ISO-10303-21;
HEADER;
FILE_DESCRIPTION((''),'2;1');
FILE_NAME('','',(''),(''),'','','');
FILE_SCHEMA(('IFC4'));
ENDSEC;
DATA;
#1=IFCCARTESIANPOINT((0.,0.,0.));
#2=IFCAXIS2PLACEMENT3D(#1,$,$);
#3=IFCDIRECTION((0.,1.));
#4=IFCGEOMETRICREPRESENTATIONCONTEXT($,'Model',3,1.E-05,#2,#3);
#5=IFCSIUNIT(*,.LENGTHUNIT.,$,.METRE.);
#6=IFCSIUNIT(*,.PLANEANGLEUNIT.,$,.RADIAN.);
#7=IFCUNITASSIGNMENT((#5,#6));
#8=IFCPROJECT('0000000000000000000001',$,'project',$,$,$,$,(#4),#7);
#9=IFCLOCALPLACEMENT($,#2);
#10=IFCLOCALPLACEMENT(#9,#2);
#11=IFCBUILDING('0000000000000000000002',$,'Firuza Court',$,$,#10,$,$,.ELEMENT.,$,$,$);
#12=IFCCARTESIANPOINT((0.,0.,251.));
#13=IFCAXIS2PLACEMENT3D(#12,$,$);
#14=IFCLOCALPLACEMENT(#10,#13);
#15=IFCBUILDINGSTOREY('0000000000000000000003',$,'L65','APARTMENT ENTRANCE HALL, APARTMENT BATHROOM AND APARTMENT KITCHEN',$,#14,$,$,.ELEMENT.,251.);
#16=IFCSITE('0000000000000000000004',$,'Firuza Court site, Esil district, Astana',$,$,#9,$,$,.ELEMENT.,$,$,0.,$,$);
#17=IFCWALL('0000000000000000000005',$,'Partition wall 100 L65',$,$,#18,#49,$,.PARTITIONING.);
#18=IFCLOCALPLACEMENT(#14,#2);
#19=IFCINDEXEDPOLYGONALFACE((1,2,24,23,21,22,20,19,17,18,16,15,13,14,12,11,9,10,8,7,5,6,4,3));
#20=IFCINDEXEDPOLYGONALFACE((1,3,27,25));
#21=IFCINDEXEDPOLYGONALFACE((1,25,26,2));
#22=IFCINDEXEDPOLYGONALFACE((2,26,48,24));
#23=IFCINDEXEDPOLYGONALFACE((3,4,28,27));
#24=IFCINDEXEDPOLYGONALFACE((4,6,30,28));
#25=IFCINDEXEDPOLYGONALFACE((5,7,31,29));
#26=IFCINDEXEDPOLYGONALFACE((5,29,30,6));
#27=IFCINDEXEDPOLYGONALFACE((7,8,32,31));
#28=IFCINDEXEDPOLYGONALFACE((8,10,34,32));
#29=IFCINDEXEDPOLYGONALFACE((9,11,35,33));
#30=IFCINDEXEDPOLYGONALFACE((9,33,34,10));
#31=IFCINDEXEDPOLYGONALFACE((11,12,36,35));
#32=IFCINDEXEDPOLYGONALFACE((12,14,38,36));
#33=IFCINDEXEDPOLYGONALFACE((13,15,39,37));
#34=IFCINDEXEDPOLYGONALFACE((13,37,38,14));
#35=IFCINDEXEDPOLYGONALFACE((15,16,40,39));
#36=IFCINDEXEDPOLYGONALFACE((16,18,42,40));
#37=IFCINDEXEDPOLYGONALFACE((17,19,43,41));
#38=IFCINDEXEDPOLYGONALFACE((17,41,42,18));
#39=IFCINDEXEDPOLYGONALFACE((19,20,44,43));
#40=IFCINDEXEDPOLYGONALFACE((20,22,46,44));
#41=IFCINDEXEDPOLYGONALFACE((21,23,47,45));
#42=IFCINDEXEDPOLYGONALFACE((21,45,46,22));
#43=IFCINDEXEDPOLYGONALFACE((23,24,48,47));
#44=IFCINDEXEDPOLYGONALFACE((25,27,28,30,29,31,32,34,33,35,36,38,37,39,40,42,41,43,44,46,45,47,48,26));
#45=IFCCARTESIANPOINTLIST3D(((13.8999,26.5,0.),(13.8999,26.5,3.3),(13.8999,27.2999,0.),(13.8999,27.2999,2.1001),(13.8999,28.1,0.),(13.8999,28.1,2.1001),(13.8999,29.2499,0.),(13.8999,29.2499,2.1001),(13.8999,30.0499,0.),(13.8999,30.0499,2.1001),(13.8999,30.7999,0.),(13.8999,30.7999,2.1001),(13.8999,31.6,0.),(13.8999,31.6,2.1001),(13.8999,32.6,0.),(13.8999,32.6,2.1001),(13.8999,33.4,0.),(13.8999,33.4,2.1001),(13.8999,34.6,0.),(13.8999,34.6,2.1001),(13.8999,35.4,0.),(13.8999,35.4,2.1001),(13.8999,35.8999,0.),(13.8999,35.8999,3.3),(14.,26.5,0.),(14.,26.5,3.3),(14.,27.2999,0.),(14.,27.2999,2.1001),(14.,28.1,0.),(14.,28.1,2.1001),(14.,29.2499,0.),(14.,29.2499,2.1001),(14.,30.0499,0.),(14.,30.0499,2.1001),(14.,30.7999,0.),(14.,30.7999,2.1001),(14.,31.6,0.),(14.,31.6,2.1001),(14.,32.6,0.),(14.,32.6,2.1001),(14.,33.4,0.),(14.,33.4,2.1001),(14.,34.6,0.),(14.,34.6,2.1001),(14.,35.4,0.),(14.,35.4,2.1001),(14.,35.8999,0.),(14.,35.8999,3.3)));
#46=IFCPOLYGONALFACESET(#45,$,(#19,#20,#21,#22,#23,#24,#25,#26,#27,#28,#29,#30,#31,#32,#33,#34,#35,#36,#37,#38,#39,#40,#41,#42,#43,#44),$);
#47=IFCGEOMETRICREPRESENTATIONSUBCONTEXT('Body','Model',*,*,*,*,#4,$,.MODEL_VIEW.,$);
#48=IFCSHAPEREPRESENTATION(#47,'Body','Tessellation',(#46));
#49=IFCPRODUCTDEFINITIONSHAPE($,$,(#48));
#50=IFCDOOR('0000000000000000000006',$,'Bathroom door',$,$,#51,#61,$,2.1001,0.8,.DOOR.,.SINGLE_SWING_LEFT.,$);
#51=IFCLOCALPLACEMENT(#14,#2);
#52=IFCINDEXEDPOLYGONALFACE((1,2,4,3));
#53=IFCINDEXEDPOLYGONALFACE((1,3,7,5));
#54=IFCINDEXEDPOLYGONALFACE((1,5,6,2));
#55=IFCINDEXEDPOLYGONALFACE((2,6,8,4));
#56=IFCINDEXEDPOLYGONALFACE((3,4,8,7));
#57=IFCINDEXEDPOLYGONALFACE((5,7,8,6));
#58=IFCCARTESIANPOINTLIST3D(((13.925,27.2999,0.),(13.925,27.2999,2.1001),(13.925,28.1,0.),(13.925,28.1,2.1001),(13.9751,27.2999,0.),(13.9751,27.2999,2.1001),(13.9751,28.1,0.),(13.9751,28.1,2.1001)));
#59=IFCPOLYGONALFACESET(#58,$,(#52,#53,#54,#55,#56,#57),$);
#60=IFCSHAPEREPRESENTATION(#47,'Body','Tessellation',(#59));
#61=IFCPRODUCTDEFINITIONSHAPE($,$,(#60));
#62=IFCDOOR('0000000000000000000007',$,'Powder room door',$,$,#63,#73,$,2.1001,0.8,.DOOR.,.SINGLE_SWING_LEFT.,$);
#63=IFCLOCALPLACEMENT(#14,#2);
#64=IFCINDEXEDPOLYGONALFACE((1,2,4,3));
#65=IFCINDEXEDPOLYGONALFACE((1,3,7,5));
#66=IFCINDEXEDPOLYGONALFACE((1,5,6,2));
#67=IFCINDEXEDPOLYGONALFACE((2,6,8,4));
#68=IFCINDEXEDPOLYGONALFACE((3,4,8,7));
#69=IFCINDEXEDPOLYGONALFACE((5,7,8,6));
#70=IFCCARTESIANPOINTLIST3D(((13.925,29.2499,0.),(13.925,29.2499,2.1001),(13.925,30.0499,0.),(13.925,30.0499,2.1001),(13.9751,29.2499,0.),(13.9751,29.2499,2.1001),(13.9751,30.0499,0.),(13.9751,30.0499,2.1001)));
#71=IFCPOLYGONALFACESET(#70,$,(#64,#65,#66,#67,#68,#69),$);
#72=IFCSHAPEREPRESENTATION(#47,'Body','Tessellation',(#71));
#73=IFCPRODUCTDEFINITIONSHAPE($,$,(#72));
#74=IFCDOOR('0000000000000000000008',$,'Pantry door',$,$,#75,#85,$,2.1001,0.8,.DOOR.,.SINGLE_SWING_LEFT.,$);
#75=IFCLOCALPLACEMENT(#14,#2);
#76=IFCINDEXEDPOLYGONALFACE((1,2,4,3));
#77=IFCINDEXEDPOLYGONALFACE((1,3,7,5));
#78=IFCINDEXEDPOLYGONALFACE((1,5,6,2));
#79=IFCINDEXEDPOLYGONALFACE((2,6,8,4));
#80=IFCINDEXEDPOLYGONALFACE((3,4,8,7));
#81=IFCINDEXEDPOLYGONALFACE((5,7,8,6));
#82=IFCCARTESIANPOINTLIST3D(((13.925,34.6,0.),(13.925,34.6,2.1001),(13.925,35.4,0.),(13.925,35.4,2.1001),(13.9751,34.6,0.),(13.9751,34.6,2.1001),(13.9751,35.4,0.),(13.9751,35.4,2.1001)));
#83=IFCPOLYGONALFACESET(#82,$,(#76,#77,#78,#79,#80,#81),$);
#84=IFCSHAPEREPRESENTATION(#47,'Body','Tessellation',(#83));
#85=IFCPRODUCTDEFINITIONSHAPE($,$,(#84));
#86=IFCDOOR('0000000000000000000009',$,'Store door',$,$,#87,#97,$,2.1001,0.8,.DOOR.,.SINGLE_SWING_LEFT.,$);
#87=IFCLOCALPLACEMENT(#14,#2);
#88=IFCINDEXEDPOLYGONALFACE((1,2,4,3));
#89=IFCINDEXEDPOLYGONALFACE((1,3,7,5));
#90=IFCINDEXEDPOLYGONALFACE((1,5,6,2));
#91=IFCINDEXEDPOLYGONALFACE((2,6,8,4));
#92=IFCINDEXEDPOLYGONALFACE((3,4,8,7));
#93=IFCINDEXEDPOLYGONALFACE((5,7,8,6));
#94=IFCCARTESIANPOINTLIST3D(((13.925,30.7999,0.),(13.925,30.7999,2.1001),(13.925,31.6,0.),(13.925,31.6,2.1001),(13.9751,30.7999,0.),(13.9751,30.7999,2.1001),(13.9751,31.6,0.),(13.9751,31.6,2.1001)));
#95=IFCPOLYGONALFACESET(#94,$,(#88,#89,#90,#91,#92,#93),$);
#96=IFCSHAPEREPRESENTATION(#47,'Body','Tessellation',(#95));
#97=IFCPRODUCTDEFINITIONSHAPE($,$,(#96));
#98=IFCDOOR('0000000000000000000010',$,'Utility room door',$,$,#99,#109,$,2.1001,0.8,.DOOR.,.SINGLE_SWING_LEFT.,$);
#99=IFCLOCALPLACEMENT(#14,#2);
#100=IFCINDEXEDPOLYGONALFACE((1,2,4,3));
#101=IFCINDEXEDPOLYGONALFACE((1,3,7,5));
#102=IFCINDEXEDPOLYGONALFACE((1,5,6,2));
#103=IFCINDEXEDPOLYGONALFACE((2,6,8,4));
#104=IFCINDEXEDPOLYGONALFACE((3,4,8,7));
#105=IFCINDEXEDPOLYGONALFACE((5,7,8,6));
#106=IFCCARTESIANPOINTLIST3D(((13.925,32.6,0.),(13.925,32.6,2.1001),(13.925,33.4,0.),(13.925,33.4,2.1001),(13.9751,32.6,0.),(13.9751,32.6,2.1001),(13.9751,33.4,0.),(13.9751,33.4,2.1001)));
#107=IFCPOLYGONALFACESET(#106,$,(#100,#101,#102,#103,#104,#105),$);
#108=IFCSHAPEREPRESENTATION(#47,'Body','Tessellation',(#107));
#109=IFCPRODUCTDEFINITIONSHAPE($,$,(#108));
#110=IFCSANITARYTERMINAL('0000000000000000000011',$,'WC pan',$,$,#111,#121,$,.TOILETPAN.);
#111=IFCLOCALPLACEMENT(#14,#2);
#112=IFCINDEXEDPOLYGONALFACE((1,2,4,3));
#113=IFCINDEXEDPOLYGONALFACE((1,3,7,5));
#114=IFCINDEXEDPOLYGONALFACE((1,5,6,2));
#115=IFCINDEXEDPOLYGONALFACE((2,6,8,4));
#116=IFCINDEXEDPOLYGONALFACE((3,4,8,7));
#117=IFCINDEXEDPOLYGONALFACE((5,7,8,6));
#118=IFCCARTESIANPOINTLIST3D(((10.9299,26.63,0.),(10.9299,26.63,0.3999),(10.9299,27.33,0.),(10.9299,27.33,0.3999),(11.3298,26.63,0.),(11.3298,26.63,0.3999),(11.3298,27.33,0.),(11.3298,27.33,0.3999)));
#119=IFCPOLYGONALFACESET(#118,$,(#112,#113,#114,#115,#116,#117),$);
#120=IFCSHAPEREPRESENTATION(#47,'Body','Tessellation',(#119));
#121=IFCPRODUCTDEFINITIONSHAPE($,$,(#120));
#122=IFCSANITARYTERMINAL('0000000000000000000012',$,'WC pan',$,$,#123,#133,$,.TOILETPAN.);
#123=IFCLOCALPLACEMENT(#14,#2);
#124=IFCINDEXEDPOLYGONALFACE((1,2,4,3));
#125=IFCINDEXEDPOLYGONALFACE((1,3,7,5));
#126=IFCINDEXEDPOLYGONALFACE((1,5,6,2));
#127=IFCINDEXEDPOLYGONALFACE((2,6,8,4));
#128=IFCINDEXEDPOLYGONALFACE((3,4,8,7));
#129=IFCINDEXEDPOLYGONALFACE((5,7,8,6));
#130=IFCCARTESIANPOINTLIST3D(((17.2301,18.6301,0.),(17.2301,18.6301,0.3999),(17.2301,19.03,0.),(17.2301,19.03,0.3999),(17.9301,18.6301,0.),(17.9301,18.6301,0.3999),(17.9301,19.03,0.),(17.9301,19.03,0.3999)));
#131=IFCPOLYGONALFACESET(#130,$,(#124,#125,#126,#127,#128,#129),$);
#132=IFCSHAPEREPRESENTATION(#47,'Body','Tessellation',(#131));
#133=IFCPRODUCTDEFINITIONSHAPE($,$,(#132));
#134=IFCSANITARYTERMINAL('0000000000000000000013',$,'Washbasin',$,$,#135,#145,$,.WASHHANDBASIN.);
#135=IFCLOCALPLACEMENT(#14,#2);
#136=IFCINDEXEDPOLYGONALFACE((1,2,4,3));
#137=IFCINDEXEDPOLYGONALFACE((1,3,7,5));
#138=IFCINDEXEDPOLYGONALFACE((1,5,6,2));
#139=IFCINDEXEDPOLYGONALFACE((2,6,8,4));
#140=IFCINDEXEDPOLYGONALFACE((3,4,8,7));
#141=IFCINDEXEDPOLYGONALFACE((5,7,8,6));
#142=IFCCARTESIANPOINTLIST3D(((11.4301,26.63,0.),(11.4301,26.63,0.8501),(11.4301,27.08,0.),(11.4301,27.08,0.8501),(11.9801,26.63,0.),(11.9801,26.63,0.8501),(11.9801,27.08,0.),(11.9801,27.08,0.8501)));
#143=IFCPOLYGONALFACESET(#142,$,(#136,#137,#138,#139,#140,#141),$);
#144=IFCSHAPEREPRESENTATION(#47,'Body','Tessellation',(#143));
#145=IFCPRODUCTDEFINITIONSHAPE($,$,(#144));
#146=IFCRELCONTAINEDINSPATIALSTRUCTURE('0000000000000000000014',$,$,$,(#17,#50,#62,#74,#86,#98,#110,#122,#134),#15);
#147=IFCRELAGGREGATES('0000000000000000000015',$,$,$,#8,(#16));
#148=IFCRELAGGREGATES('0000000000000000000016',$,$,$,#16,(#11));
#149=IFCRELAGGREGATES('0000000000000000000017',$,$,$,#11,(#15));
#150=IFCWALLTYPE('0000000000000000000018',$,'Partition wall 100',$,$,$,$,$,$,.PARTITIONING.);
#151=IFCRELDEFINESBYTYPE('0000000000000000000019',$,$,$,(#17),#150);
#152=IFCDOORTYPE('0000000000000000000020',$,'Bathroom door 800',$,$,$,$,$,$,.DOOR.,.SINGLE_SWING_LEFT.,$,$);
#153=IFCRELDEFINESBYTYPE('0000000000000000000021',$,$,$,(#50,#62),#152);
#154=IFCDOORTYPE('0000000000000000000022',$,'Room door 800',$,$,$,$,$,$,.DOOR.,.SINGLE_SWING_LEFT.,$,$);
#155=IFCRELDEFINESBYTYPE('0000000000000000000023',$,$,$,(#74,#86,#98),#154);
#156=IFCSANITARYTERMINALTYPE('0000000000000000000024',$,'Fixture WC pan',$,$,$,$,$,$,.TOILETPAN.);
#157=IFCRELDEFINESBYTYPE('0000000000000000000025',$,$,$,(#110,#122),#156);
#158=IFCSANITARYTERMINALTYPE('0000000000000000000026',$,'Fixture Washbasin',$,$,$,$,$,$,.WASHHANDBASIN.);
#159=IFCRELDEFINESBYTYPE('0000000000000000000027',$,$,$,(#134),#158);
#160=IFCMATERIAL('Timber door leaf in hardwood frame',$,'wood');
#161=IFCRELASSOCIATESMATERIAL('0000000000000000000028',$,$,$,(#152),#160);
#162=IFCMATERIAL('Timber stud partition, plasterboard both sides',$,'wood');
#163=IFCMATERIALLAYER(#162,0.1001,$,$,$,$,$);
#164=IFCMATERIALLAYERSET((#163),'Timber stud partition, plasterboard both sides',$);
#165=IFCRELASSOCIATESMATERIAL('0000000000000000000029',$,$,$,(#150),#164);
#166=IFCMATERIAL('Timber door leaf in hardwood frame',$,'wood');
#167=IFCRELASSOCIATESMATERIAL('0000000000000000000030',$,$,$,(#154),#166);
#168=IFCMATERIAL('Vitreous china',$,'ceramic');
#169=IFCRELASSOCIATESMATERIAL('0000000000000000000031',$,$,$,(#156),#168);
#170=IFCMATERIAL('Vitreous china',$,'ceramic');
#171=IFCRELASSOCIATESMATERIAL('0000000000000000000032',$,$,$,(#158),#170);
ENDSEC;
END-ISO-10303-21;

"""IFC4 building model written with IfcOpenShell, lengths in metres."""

from ifc_helpers import new_model, si_unit, direction, frame, frame_2d, origin, origin_2d, place, context, subcontext, project, spatial, rectangle, extrude, material, layer, layer_set, type_object, element, fill, save


model = new_model("IFC4")

# Units and contexts
model_context = context("Model", 3, precision=1e-05, world=origin(), true_north=direction((0.0, 1.0)))
body_context = subcontext(model_context, "Body", "Model", "MODEL_VIEW")
ifc_project = project(units=[si_unit("LENGTHUNIT", "METRE"), si_unit("PLANEANGLEUNIT", "RADIAN")], contexts=[model_context])

# Site, building, storey
site_placement = place(None, origin())
site = spatial("IfcSite", under=ifc_project, at=site_placement, Name="Firuza Court site, Esil district, Astana", CompositionType="ELEMENT", RefElevation=0.0)
building_placement = place(site_placement, origin())
building = spatial("IfcBuilding", under=site, at=building_placement, Name="Firuza Court", CompositionType="ELEMENT")
storey_placement = place(building_placement, frame((0.0, 0.0, 251.0)))
storey = spatial("IfcBuildingStorey", under=building, at=storey_placement, Name="L65", Description="APARTMENT ENTRANCE HALL, APARTMENT BATHROOM AND APARTMENT KITCHEN", CompositionType="ELEMENT", Elevation=251.0)

# Shared definitions
ifc_material_1 = material(Name="Timber door leaf in hardwood frame", Category="wood")
door_type_1 = type_object("IfcDoorType", Name="Bathroom door 800", OperationType="SINGLE_SWING_LEFT", PredefinedType="DOOR", material=ifc_material_1)

# Shared definitions
ifc_material_2 = material(Name="Timber stud partition, plasterboard both sides", Category="wood")
ifc_layer_1 = layer(ifc_material_2, 0.1001)
ifc_layer_set_1 = layer_set([ifc_layer_1], Name="Timber stud partition, plasterboard both sides")
wall_type_1 = type_object("IfcWallType", Name="Partition wall 100", PredefinedType="PARTITIONING", material=ifc_layer_set_1)

# Wall, openings, doors
wall_1_placement = place(storey_placement, frame((13.95, 26.5, 0.0), z_axis=(0.0, 0.0, 1.0), x_axis=(0.0, 1.0, 0.0)))
wall_1 = element("IfcWall", 1, at=wall_1_placement, inside=storey, type_object=wall_type_1, Name="Partition wall 100 L65", PredefinedType="PARTITIONING", context=body_context, shape_type="SweptSolid", body=[
    extrude(rectangle(XDim=9.3999, YDim=0.1001, at=frame_2d((4.7, 0.0))), origin(), (0.0, 0.0, 1.0), 3.3),
])
opening_1_placement = place(wall_1_placement, frame((0.8, 0.0, 0.0)))
opening_1 = element("IfcOpeningElement", 2, at=opening_1_placement, cuts=wall_1, PredefinedType="OPENING", context=body_context, shape_type="SweptSolid", body=[
    extrude(rectangle(XDim=0.8, YDim=2.1001, at=frame_2d((0.3999, 1.05))), frame((0.0, 0.062, 0.0), z_axis=(0.0, -1.0, 0.0), x_axis=(1.0, 0.0, 0.0)), (0.0, 0.0, 1.0), 0.124),
])
opening_2_placement = place(wall_1_placement, frame((8.1001, 0.0, 0.0)))
opening_2 = element("IfcOpeningElement", 3, at=opening_2_placement, cuts=wall_1, PredefinedType="OPENING", context=body_context, shape_type="SweptSolid", body=[
    extrude(rectangle(XDim=0.8, YDim=2.1001, at=frame_2d((0.3999, 1.05))), frame((0.0, 0.062, 0.0), z_axis=(0.0, -1.0, 0.0), x_axis=(1.0, 0.0, 0.0)), (0.0, 0.0, 1.0), 0.124),
])
opening_3_placement = place(wall_1_placement, frame((4.3, 0.0, 0.0)))
opening_3 = element("IfcOpeningElement", 4, at=opening_3_placement, cuts=wall_1, PredefinedType="OPENING", context=body_context, shape_type="SweptSolid", body=[
    extrude(rectangle(XDim=0.8, YDim=2.1001, at=frame_2d((0.3999, 1.05))), frame((0.0, 0.062, 0.0), z_axis=(0.0, -1.0, 0.0), x_axis=(1.0, 0.0, 0.0)), (0.0, 0.0, 1.0), 0.124),
])
opening_4_placement = place(wall_1_placement, frame((6.1001, 0.0, 0.0)))
opening_4 = element("IfcOpeningElement", 5, at=opening_4_placement, cuts=wall_1, PredefinedType="OPENING", context=body_context, shape_type="SweptSolid", body=[
    extrude(rectangle(XDim=0.8, YDim=2.1001, at=frame_2d((0.3999, 1.05))), frame((0.0, 0.062, 0.0), z_axis=(0.0, -1.0, 0.0), x_axis=(1.0, 0.0, 0.0)), (0.0, 0.0, 1.0), 0.124),
])
opening_5_placement = place(wall_1_placement, frame((2.75, 0.0, 0.0)))
opening_5 = element("IfcOpeningElement", 6, at=opening_5_placement, cuts=wall_1, PredefinedType="OPENING", context=body_context, shape_type="SweptSolid", body=[
    extrude(rectangle(XDim=0.8, YDim=2.1001, at=frame_2d((0.3999, 1.05))), frame((0.0, 0.062, 0.0), z_axis=(0.0, -1.0, 0.0), x_axis=(1.0, 0.0, 0.0)), (0.0, 0.0, 1.0), 0.124),
])
door_1_placement = place(opening_1_placement, origin())
door_1 = element("IfcDoor", 7, at=door_1_placement, inside=storey, type_object=door_type_1, Name="Bathroom door", OperationType="SINGLE_SWING_LEFT", OverallHeight=2.1001, OverallWidth=0.8, PredefinedType="DOOR", context=body_context, shape_type="SweptSolid", body=[
    extrude(rectangle(XDim=0.8, YDim=2.1001, at=frame_2d((0.3999, 1.05))), frame((0.0, 0.0249, 0.0), z_axis=(0.0, -1.0, 0.0), x_axis=(1.0, 0.0, 0.0)), (0.0, 0.0, 1.0), 0.05),
])
fill(opening_1, door_1)
door_2_placement = place(opening_5_placement, origin())
door_2 = element("IfcDoor", 8, at=door_2_placement, inside=storey, type_object=door_type_1, Name="Powder room door", OperationType="SINGLE_SWING_LEFT", OverallHeight=2.1001, OverallWidth=0.8, PredefinedType="DOOR", context=body_context, shape_type="SweptSolid", body=[
    extrude(rectangle(XDim=0.8, YDim=2.1001, at=frame_2d((0.3999, 1.05))), frame((0.0, 0.0249, 0.0), z_axis=(0.0, -1.0, 0.0), x_axis=(1.0, 0.0, 0.0)), (0.0, 0.0, 1.0), 0.05),
])
fill(opening_5, door_2)
ifc_material_3 = material(Name="Timber door leaf in hardwood frame", Category="wood")
door_type_2 = type_object("IfcDoorType", Name="Room door 800", OperationType="SINGLE_SWING_LEFT", PredefinedType="DOOR", material=ifc_material_3)
door_3_placement = place(opening_2_placement, origin())
door_3 = element("IfcDoor", 9, at=door_3_placement, inside=storey, type_object=door_type_2, Name="Pantry door", OperationType="SINGLE_SWING_LEFT", OverallHeight=2.1001, OverallWidth=0.8, PredefinedType="DOOR", context=body_context, shape_type="SweptSolid", body=[
    extrude(rectangle(XDim=0.8, YDim=2.1001, at=frame_2d((0.3999, 1.05))), frame((0.0, 0.0249, 0.0), z_axis=(0.0, -1.0, 0.0), x_axis=(1.0, 0.0, 0.0)), (0.0, 0.0, 1.0), 0.05),
])
fill(opening_2, door_3)
door_4_placement = place(opening_3_placement, origin())
door_4 = element("IfcDoor", 10, at=door_4_placement, inside=storey, type_object=door_type_2, Name="Store door", OperationType="SINGLE_SWING_LEFT", OverallHeight=2.1001, OverallWidth=0.8, PredefinedType="DOOR", context=body_context, shape_type="SweptSolid", body=[
    extrude(rectangle(XDim=0.8, YDim=2.1001, at=frame_2d((0.3999, 1.05))), frame((0.0, 0.0249, 0.0), z_axis=(0.0, -1.0, 0.0), x_axis=(1.0, 0.0, 0.0)), (0.0, 0.0, 1.0), 0.05),
])
fill(opening_3, door_4)
door_5_placement = place(opening_4_placement, origin())
door_5 = element("IfcDoor", 11, at=door_5_placement, inside=storey, type_object=door_type_2, Name="Utility room door", OperationType="SINGLE_SWING_LEFT", OverallHeight=2.1001, OverallWidth=0.8, PredefinedType="DOOR", context=body_context, shape_type="SweptSolid", body=[
    extrude(rectangle(XDim=0.8, YDim=2.1001, at=frame_2d((0.3999, 1.05))), frame((0.0, 0.0249, 0.0), z_axis=(0.0, -1.0, 0.0), x_axis=(1.0, 0.0, 0.0)), (0.0, 0.0, 1.0), 0.05),
])
fill(opening_4, door_5)

# Sanitary terminals
ifc_material_4 = material(Name="Vitreous china", Category="ceramic")
sanitary_terminal_type_1 = type_object("IfcSanitaryTerminalType", Name="Fixture WC pan", PredefinedType="TOILETPAN", material=ifc_material_4)
sanitary_terminal_1_placement = place(storey_placement, frame((11.1299, 26.98, 0.0), z_axis=(0.0, 0.0, 1.0), x_axis=(1.0, 0.0, 0.0)))
element("IfcSanitaryTerminal", 12, at=sanitary_terminal_1_placement, inside=storey, type_object=sanitary_terminal_type_1, Name="WC pan", PredefinedType="TOILETPAN", context=body_context, shape_type="SweptSolid", body=[
    extrude(rectangle(XDim=0.3999, YDim=0.7, at=origin_2d()), origin(), (0.0, 0.0, 1.0), 0.3999),
])
sanitary_terminal_2_placement = place(storey_placement, frame((17.5801, 18.8301, 0.0), z_axis=(0.0, 0.0, 1.0), x_axis=(1.0, 0.0, 0.0)))
element("IfcSanitaryTerminal", 13, at=sanitary_terminal_2_placement, inside=storey, type_object=sanitary_terminal_type_1, Name="WC pan", PredefinedType="TOILETPAN", context=body_context, shape_type="SweptSolid", body=[
    extrude(rectangle(XDim=0.7, YDim=0.3999, at=origin_2d()), origin(), (0.0, 0.0, 1.0), 0.3999),
])
ifc_material_5 = material(Name="Vitreous china", Category="ceramic")
sanitary_terminal_type_2 = type_object("IfcSanitaryTerminalType", Name="Fixture Washbasin", PredefinedType="WASHHANDBASIN", material=ifc_material_5)
sanitary_terminal_3_placement = place(storey_placement, frame((11.7051, 26.855, 0.0), z_axis=(0.0, 0.0, 1.0), x_axis=(1.0, 0.0, 0.0)))
element("IfcSanitaryTerminal", 14, at=sanitary_terminal_3_placement, inside=storey, type_object=sanitary_terminal_type_2, Name="Washbasin", PredefinedType="WASHHANDBASIN", context=body_context, shape_type="SweptSolid", body=[
    extrude(rectangle(XDim=0.55, YDim=0.45, at=origin_2d()), origin(), (0.0, 0.0, 1.0), 0.8501),
])

save(model, "model.ifc")
